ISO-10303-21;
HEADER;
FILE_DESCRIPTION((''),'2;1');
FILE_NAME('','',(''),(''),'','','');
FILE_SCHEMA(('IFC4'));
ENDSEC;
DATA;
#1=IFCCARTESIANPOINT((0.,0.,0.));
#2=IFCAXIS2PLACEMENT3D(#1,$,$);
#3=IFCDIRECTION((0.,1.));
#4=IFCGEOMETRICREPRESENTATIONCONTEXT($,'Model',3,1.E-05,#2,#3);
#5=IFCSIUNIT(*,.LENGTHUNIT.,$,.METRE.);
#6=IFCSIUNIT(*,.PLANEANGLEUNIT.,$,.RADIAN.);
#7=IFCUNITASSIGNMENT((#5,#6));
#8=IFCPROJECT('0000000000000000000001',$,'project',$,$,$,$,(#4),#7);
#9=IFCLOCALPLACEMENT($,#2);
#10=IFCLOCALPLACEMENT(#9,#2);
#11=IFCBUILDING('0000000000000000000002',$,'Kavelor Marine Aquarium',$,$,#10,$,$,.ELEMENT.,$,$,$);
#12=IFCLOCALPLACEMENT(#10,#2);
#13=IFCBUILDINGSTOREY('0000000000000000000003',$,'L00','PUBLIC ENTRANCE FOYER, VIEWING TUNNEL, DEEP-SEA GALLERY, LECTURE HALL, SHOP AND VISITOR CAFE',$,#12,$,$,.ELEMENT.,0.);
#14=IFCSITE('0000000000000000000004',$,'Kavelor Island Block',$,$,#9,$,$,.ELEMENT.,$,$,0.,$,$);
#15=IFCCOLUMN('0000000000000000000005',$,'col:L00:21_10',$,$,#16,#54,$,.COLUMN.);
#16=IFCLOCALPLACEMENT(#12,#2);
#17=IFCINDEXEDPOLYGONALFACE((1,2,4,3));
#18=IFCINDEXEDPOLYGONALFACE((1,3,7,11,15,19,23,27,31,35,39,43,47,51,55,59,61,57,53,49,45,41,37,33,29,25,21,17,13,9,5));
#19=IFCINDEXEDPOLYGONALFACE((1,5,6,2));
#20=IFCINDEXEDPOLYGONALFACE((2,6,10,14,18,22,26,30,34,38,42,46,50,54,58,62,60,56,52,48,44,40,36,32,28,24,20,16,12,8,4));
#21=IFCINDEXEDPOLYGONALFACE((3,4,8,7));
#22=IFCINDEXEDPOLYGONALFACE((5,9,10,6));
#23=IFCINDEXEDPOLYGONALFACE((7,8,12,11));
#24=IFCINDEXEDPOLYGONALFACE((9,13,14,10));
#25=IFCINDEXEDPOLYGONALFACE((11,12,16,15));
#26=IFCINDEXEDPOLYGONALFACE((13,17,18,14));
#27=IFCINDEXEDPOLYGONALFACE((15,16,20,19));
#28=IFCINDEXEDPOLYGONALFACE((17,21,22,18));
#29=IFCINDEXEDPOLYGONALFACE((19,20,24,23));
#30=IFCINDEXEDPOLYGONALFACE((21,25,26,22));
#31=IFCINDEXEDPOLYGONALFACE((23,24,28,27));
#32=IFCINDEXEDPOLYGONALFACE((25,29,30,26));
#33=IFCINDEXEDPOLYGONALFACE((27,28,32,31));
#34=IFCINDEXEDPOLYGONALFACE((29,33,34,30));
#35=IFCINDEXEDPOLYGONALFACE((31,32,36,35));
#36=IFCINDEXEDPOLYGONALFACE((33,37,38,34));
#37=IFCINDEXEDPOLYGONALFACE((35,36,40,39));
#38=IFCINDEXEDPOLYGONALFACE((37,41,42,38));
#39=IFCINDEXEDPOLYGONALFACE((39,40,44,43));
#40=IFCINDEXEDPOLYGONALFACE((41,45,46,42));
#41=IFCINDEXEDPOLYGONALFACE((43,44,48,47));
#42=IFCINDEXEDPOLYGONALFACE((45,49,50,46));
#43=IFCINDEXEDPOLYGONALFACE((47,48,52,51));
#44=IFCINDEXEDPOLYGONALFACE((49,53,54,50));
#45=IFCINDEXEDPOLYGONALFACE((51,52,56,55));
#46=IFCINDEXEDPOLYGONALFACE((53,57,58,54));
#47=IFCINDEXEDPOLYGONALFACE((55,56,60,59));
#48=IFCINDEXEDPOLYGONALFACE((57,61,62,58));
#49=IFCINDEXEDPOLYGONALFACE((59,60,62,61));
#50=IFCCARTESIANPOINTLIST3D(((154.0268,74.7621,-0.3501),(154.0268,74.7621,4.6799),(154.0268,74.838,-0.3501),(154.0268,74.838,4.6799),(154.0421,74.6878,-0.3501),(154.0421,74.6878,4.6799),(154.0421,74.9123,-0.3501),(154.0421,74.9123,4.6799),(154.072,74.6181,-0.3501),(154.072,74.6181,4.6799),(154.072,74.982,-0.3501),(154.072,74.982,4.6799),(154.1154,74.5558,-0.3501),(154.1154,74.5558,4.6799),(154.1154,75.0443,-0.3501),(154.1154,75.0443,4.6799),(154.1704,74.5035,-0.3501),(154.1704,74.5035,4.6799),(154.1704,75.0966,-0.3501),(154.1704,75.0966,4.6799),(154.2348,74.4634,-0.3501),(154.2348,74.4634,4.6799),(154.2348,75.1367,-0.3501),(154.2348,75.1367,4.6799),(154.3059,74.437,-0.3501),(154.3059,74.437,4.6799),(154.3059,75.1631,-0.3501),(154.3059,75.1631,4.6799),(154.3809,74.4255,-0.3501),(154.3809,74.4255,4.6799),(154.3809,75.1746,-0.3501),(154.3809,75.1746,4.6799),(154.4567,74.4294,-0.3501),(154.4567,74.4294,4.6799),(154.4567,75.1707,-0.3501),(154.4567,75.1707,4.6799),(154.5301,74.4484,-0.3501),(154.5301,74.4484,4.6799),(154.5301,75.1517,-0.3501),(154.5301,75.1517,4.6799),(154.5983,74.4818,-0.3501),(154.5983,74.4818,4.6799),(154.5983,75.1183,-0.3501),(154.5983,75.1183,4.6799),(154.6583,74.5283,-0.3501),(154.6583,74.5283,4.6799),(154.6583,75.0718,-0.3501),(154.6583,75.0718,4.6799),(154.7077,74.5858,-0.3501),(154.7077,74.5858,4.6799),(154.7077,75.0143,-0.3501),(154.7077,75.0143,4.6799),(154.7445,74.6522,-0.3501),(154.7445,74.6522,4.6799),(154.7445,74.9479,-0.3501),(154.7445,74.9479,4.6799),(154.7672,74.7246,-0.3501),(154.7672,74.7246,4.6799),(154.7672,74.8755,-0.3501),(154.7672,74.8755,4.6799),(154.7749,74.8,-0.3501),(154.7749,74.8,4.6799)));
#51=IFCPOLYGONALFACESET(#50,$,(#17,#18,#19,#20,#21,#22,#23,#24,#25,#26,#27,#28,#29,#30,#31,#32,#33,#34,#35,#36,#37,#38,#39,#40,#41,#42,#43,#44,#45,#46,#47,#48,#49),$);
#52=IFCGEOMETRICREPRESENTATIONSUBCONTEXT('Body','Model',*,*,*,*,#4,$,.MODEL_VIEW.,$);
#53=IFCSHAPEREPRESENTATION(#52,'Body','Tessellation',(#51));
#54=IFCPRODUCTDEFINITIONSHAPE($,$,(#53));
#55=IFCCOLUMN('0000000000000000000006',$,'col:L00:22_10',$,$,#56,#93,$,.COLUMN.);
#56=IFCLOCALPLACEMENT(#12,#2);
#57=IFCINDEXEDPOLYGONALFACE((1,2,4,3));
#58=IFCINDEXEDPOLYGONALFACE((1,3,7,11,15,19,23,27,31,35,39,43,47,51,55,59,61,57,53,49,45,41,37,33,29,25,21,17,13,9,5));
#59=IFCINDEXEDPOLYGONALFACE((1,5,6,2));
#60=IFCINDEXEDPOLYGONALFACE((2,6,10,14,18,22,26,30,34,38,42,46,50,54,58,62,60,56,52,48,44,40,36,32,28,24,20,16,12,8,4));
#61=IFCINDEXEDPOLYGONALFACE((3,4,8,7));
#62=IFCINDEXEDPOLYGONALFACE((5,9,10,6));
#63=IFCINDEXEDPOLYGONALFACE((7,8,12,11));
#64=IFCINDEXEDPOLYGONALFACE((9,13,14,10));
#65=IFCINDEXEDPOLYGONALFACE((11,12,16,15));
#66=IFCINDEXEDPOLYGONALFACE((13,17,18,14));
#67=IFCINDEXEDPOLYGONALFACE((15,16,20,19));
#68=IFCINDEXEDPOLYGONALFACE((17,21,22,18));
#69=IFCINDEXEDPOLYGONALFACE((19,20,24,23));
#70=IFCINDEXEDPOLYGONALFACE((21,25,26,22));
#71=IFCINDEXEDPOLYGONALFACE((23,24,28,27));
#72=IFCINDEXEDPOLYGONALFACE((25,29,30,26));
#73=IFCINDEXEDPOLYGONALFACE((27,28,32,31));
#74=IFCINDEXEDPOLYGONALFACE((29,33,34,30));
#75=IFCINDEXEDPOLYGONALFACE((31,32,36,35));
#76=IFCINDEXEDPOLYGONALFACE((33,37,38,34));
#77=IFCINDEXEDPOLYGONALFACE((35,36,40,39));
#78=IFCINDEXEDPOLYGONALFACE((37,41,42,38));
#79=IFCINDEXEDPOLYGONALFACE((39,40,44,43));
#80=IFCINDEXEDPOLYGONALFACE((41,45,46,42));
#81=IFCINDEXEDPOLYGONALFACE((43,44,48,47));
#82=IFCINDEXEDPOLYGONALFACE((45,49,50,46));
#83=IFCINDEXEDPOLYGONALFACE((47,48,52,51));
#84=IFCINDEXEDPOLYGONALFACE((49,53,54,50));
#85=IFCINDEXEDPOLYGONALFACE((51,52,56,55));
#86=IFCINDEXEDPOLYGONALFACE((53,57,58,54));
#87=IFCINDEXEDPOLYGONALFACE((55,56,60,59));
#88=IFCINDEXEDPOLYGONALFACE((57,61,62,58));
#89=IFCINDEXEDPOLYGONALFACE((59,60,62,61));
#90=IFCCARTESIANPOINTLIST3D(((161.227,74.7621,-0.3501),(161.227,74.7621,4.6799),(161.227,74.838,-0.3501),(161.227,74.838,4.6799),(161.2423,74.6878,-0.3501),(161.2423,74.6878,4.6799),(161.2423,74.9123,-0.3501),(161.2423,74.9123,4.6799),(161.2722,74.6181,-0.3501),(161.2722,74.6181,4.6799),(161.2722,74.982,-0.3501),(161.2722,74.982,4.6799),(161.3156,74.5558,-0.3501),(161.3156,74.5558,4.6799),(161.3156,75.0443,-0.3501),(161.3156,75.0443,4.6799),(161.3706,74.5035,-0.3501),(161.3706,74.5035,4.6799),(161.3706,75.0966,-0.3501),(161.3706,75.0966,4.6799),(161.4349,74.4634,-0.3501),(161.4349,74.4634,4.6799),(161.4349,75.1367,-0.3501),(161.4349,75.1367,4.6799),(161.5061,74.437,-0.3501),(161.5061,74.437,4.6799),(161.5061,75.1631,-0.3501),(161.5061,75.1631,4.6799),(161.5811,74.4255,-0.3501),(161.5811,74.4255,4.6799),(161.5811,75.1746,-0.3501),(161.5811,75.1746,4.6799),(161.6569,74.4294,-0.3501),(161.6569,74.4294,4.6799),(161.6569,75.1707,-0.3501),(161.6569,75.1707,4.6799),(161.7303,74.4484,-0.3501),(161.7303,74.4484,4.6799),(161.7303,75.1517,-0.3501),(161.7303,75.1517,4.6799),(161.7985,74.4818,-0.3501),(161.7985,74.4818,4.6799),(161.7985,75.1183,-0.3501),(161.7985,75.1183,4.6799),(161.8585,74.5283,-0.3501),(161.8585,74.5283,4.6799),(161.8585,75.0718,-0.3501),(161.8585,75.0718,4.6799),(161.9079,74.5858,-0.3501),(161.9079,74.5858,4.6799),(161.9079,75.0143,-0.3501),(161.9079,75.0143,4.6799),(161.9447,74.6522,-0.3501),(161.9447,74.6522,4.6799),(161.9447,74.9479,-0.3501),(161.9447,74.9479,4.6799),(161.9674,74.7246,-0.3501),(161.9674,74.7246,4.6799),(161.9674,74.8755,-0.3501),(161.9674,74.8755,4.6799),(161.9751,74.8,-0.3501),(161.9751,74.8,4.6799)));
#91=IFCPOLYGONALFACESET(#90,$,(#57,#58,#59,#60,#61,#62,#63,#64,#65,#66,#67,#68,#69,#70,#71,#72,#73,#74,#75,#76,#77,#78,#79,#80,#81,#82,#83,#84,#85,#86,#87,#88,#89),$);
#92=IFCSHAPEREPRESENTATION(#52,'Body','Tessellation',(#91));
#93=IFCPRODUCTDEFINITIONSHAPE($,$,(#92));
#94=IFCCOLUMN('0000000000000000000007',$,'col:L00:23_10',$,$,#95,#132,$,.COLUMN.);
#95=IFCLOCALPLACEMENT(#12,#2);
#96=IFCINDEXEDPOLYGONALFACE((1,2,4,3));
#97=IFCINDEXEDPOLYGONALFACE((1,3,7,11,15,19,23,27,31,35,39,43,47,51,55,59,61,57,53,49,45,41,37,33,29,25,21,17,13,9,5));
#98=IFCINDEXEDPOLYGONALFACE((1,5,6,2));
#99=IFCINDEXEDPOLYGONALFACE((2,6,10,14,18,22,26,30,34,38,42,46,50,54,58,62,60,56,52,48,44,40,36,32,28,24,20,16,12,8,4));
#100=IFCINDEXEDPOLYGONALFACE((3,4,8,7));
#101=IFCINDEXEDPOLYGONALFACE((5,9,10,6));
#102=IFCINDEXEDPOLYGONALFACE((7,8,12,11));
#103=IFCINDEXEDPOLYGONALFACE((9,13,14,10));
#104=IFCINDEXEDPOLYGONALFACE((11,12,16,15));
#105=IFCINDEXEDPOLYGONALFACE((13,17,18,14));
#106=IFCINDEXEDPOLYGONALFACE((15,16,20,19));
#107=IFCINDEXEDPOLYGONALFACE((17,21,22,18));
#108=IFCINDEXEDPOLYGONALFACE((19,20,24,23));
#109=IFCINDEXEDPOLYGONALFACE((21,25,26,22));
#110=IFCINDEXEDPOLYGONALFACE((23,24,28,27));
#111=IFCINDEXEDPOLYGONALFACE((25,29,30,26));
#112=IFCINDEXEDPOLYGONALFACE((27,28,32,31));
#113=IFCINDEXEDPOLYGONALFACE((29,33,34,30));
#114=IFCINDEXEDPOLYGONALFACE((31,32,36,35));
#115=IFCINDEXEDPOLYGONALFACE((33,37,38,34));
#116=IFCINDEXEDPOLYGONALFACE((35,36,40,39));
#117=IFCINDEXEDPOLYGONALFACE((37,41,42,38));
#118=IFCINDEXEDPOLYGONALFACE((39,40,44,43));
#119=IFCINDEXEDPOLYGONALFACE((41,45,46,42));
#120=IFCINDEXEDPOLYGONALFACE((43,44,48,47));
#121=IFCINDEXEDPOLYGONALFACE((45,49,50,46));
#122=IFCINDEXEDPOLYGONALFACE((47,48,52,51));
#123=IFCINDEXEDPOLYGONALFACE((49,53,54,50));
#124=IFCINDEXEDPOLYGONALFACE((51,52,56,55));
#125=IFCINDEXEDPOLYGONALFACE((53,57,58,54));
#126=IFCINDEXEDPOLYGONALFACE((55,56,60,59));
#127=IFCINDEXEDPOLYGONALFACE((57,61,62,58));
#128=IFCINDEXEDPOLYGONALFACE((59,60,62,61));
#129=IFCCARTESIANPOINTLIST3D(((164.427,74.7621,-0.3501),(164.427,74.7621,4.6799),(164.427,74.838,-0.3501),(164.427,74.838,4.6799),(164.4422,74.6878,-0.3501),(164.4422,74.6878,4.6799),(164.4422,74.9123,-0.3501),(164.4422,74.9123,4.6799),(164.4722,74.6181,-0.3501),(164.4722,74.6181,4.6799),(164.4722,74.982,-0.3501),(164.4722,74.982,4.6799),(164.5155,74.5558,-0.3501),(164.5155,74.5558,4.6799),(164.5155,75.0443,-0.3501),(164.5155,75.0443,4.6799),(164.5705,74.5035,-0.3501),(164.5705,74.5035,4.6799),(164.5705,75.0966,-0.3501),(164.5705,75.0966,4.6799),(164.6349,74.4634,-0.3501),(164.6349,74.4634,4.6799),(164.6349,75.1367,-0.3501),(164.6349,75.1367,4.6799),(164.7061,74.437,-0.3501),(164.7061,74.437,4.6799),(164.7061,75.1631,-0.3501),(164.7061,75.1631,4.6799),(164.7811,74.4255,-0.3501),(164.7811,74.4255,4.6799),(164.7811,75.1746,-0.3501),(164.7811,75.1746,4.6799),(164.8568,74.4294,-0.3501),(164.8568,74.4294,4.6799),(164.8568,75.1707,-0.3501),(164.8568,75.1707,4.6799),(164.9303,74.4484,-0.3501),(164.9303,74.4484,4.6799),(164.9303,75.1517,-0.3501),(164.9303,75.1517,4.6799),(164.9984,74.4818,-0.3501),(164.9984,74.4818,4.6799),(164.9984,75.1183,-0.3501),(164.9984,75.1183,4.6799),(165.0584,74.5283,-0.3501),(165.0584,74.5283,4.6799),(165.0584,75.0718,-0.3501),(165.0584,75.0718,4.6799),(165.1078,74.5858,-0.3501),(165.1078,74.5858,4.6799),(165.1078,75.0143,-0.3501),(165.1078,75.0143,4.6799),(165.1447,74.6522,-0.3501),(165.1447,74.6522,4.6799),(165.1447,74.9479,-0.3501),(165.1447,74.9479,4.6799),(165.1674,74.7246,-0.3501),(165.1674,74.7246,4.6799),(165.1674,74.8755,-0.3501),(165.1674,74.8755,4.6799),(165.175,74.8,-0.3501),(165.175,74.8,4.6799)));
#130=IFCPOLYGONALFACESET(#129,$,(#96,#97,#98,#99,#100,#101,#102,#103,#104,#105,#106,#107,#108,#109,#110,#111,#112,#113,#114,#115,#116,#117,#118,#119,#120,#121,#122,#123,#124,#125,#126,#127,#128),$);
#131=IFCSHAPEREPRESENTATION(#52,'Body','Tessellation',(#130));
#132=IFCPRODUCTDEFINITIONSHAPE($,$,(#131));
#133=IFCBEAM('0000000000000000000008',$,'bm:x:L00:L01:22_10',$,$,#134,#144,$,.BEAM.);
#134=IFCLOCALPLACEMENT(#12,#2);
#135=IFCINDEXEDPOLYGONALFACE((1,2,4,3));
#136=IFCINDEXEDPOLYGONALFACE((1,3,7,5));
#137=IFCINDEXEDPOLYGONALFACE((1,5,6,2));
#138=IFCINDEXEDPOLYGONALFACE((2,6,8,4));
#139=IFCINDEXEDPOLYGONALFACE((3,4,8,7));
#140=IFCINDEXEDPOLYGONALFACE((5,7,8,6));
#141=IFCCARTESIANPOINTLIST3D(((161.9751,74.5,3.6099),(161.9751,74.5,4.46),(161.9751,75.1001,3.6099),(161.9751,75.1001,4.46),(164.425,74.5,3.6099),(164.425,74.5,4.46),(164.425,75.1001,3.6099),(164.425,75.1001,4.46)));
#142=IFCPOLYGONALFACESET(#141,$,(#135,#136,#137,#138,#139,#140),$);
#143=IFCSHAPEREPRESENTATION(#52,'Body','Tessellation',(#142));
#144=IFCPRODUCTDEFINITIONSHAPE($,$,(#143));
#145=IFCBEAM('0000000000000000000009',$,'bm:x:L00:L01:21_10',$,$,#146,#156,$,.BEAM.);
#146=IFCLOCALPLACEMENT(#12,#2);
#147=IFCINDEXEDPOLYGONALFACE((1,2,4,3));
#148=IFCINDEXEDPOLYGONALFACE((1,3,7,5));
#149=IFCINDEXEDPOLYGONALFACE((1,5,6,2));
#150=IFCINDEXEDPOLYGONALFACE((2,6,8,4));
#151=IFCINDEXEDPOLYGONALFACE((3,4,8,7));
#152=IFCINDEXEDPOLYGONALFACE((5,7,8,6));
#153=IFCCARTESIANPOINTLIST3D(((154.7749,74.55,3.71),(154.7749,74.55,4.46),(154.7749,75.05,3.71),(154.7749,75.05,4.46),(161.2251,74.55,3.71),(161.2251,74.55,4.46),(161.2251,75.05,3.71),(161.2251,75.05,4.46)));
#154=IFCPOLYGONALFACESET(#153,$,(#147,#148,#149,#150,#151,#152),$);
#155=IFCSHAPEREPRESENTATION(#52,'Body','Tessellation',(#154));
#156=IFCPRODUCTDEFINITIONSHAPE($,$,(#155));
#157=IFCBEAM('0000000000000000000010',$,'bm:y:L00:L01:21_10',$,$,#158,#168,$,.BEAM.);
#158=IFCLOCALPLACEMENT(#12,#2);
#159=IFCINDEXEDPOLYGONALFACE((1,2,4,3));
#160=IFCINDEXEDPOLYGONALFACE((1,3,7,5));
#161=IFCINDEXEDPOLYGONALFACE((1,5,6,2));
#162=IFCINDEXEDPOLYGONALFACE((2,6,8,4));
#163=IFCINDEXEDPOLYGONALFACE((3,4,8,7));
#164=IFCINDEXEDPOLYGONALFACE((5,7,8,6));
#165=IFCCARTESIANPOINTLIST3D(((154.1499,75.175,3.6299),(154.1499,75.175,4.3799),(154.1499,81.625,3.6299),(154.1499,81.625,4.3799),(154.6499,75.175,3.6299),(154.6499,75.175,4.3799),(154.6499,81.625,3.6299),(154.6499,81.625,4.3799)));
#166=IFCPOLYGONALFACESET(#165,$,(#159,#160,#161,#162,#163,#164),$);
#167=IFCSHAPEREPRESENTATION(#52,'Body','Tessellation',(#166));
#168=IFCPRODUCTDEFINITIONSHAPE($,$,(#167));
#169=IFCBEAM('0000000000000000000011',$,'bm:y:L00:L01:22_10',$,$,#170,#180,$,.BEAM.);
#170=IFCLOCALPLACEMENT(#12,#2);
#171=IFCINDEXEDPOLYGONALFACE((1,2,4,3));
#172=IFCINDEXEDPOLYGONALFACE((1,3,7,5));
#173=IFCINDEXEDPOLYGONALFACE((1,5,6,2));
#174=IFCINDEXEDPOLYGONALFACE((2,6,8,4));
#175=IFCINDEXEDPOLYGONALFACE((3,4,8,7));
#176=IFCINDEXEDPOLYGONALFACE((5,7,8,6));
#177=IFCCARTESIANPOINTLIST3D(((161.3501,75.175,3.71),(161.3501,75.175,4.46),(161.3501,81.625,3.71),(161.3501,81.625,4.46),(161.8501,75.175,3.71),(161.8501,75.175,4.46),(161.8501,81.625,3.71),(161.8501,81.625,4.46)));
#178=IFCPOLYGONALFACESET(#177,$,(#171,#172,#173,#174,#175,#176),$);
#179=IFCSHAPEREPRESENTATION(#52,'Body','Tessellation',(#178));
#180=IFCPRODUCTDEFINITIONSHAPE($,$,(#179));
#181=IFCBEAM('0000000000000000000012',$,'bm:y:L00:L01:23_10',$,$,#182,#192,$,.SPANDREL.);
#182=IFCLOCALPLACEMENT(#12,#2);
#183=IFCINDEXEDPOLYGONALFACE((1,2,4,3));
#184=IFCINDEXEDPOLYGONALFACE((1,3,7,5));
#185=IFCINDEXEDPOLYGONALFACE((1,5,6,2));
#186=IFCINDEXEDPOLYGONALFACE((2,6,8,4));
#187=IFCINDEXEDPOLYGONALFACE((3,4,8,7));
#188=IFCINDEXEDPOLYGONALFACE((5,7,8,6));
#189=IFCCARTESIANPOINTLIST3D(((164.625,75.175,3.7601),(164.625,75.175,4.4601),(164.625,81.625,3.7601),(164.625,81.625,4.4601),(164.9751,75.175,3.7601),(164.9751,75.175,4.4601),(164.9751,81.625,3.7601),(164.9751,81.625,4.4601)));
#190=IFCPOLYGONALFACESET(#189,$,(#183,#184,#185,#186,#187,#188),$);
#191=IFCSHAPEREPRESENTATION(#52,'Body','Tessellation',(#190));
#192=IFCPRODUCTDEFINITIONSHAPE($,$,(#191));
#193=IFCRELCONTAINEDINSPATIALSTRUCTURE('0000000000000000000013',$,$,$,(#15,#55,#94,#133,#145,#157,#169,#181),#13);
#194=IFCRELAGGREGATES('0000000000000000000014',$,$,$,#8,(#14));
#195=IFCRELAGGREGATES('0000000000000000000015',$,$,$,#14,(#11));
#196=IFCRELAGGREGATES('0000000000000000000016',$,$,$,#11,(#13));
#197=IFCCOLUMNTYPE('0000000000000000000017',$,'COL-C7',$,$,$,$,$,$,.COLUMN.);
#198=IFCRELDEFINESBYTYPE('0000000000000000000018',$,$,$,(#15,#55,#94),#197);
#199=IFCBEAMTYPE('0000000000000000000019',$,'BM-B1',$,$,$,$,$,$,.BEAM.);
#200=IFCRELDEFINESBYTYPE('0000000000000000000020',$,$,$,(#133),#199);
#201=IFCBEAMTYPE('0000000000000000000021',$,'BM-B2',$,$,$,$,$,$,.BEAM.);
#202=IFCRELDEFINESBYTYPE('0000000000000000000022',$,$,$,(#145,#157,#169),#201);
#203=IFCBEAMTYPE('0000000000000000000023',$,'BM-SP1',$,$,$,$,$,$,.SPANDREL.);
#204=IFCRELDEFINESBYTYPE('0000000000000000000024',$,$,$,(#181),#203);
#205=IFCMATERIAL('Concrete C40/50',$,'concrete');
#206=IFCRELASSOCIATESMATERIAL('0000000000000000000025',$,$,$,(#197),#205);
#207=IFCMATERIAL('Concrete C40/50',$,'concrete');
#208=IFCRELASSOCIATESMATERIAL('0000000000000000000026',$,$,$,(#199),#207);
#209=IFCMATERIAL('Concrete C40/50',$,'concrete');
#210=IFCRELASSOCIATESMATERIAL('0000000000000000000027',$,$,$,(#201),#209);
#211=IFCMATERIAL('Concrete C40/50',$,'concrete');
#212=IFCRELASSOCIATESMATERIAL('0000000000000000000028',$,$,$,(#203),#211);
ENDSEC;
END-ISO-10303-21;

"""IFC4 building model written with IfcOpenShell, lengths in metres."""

from ifc_helpers import new_model, si_unit, direction, frame, origin, origin_2d, place, context, subcontext, project, spatial, rectangle, circle, extrude, material, material_profile, profile_set, type_object, element, save


model = new_model("IFC4")

# Units and contexts
model_context = context("Model", 3, precision=1e-05, world=origin(), true_north=direction((0.0, 1.0)))
body_context = subcontext(model_context, "Body", "Model", "MODEL_VIEW")
ifc_project = project(units=[si_unit("LENGTHUNIT", "METRE"), si_unit("PLANEANGLEUNIT", "RADIAN")], contexts=[model_context])

# Site, building, storey
site_placement = place(None, origin())
site = spatial("IfcSite", under=ifc_project, at=site_placement, Name="Kavelor Island Block", CompositionType="ELEMENT", RefElevation=0.0)
building_placement = place(site_placement, origin())
building = spatial("IfcBuilding", under=site, at=building_placement, Name="Kavelor Marine Aquarium", CompositionType="ELEMENT")
storey_placement = place(building_placement, origin())
storey = spatial("IfcBuildingStorey", under=building, at=storey_placement, Name="L00", Description="PUBLIC ENTRANCE FOYER, VIEWING TUNNEL, DEEP-SEA GALLERY, LECTURE HALL, SHOP AND VISITOR CAFE", CompositionType="ELEMENT", Elevation=0.0)

# Columns
ifc_material_1 = material(Name="Concrete C40/50", Category="concrete")
ifc_material_profile_1 = material_profile(ifc_material_1, circle(Radius=0.375, at=origin_2d()), Name="RC-COL D750")
ifc_profile_set_1 = profile_set([ifc_material_profile_1], Name="Concrete C40/50")
column_type = type_object("IfcColumnType", Name="COL-C7", PredefinedType="COLUMN", material=ifc_profile_set_1)
for number, where, z_axis, x_axis, name in (
    (1, (154.3999, 74.8, -0.3501), (0.0, 0.0, 1.0), (1.0, 0.0, 0.0), "col:L00:21_10"),
    (2, (161.6001, 74.8, -0.3501), (0.0, 0.0, 1.0), (1.0, 0.0, 0.0), "col:L00:22_10"),
    (3, (164.8, 74.8, -0.3501), (0.0, 0.0, 1.0), (1.0, 0.0, 0.0), "col:L00:23_10"),
):
    element("IfcColumn", number, at=place(storey_placement, frame(where, z_axis=z_axis, x_axis=x_axis)), inside=storey, type_object=column_type, Name=name, PredefinedType="COLUMN", context=body_context, shape_type="SweptSolid", body=[
        extrude(circle(Radius=0.375, at=origin_2d()), origin(), (0.0, 0.0, 1.0), 5.03),
    ])

# Beams
ifc_material_2 = material(Name="Concrete C40/50", Category="concrete")
ifc_material_profile_2 = material_profile(ifc_material_2, rectangle(XDim=0.6001, YDim=0.8501, at=origin_2d()), Name="RC-BM 600x850")
ifc_profile_set_2 = profile_set([ifc_material_profile_2], Name="Concrete C40/50")
beam_type_1 = type_object("IfcBeamType", Name="BM-B1", PredefinedType="BEAM", material=ifc_profile_set_2)
beam_1_placement = place(storey_placement, frame((161.9751, 74.8, 4.0349), z_axis=(1.0, 0.0, 0.0), x_axis=(0.0, 1.0, 0.0)))
element("IfcBeam", 4, at=beam_1_placement, inside=storey, type_object=beam_type_1, Name="bm:x:L00:L01:22_10", PredefinedType="BEAM", context=body_context, shape_type="SweptSolid", body=[
    extrude(rectangle(XDim=0.6001, YDim=0.8501, at=origin_2d()), origin(), (0.0, 0.0, 1.0), 2.45),
])
ifc_material_3 = material(Name="Concrete C40/50", Category="concrete")
ifc_material_profile_3 = material_profile(ifc_material_3, rectangle(XDim=0.5, YDim=0.75, at=origin_2d()), Name="RC-BM 500x750")
ifc_profile_set_3 = profile_set([ifc_material_profile_3], Name="Concrete C40/50")
beam_type_2 = type_object("IfcBeamType", Name="BM-B2", PredefinedType="BEAM", material=ifc_profile_set_3)
beam_2_placement = place(storey_placement, frame((154.7749, 74.8, 4.085), z_axis=(1.0, 0.0, 0.0), x_axis=(0.0, 1.0, 0.0)))
element("IfcBeam", 5, at=beam_2_placement, inside=storey, type_object=beam_type_2, Name="bm:x:L00:L01:21_10", PredefinedType="BEAM", context=body_context, shape_type="SweptSolid", body=[
    extrude(rectangle(XDim=0.5, YDim=0.75, at=origin_2d()), origin(), (0.0, 0.0, 1.0), 6.4502),
])
for number, where, z_axis, x_axis, name in (
    (6, (154.3999, 75.175, 4.0049), (0.0, 1.0, 0.0), (-1.0, 0.0, 0.0), "bm:y:L00:L01:21_10"),
    (7, (161.6001, 75.175, 4.085), (0.0, 1.0, 0.0), (-1.0, 0.0, 0.0), "bm:y:L00:L01:22_10"),
):
    element("IfcBeam", number, at=place(storey_placement, frame(where, z_axis=z_axis, x_axis=x_axis)), inside=storey, type_object=beam_type_2, Name=name, PredefinedType="BEAM", context=body_context, shape_type="SweptSolid", body=[
        extrude(rectangle(XDim=0.5, YDim=0.75, at=origin_2d()), origin(), (0.0, 0.0, 1.0), 6.45),
    ])
ifc_material_4 = material(Name="Concrete C40/50", Category="concrete")
ifc_material_profile_4 = material_profile(ifc_material_4, rectangle(XDim=0.3501, YDim=0.7, at=origin_2d()), Name="RC-SP 350x700")
ifc_profile_set_4 = profile_set([ifc_material_profile_4], Name="Concrete C40/50")
beam_type_3 = type_object("IfcBeamType", Name="BM-SP1", PredefinedType="SPANDREL", material=ifc_profile_set_4)
beam_3_placement = place(storey_placement, frame((164.8, 75.175, 4.1101), z_axis=(0.0, 1.0, 0.0), x_axis=(-1.0, 0.0, 0.0)))
element("IfcBeam", 8, at=beam_3_placement, inside=storey, type_object=beam_type_3, Name="bm:y:L00:L01:23_10", PredefinedType="SPANDREL", context=body_context, shape_type="SweptSolid", body=[
    extrude(rectangle(XDim=0.3501, YDim=0.7, at=origin_2d()), origin(), (0.0, 0.0, 1.0), 6.45),
])

save(model, "model.ifc")
